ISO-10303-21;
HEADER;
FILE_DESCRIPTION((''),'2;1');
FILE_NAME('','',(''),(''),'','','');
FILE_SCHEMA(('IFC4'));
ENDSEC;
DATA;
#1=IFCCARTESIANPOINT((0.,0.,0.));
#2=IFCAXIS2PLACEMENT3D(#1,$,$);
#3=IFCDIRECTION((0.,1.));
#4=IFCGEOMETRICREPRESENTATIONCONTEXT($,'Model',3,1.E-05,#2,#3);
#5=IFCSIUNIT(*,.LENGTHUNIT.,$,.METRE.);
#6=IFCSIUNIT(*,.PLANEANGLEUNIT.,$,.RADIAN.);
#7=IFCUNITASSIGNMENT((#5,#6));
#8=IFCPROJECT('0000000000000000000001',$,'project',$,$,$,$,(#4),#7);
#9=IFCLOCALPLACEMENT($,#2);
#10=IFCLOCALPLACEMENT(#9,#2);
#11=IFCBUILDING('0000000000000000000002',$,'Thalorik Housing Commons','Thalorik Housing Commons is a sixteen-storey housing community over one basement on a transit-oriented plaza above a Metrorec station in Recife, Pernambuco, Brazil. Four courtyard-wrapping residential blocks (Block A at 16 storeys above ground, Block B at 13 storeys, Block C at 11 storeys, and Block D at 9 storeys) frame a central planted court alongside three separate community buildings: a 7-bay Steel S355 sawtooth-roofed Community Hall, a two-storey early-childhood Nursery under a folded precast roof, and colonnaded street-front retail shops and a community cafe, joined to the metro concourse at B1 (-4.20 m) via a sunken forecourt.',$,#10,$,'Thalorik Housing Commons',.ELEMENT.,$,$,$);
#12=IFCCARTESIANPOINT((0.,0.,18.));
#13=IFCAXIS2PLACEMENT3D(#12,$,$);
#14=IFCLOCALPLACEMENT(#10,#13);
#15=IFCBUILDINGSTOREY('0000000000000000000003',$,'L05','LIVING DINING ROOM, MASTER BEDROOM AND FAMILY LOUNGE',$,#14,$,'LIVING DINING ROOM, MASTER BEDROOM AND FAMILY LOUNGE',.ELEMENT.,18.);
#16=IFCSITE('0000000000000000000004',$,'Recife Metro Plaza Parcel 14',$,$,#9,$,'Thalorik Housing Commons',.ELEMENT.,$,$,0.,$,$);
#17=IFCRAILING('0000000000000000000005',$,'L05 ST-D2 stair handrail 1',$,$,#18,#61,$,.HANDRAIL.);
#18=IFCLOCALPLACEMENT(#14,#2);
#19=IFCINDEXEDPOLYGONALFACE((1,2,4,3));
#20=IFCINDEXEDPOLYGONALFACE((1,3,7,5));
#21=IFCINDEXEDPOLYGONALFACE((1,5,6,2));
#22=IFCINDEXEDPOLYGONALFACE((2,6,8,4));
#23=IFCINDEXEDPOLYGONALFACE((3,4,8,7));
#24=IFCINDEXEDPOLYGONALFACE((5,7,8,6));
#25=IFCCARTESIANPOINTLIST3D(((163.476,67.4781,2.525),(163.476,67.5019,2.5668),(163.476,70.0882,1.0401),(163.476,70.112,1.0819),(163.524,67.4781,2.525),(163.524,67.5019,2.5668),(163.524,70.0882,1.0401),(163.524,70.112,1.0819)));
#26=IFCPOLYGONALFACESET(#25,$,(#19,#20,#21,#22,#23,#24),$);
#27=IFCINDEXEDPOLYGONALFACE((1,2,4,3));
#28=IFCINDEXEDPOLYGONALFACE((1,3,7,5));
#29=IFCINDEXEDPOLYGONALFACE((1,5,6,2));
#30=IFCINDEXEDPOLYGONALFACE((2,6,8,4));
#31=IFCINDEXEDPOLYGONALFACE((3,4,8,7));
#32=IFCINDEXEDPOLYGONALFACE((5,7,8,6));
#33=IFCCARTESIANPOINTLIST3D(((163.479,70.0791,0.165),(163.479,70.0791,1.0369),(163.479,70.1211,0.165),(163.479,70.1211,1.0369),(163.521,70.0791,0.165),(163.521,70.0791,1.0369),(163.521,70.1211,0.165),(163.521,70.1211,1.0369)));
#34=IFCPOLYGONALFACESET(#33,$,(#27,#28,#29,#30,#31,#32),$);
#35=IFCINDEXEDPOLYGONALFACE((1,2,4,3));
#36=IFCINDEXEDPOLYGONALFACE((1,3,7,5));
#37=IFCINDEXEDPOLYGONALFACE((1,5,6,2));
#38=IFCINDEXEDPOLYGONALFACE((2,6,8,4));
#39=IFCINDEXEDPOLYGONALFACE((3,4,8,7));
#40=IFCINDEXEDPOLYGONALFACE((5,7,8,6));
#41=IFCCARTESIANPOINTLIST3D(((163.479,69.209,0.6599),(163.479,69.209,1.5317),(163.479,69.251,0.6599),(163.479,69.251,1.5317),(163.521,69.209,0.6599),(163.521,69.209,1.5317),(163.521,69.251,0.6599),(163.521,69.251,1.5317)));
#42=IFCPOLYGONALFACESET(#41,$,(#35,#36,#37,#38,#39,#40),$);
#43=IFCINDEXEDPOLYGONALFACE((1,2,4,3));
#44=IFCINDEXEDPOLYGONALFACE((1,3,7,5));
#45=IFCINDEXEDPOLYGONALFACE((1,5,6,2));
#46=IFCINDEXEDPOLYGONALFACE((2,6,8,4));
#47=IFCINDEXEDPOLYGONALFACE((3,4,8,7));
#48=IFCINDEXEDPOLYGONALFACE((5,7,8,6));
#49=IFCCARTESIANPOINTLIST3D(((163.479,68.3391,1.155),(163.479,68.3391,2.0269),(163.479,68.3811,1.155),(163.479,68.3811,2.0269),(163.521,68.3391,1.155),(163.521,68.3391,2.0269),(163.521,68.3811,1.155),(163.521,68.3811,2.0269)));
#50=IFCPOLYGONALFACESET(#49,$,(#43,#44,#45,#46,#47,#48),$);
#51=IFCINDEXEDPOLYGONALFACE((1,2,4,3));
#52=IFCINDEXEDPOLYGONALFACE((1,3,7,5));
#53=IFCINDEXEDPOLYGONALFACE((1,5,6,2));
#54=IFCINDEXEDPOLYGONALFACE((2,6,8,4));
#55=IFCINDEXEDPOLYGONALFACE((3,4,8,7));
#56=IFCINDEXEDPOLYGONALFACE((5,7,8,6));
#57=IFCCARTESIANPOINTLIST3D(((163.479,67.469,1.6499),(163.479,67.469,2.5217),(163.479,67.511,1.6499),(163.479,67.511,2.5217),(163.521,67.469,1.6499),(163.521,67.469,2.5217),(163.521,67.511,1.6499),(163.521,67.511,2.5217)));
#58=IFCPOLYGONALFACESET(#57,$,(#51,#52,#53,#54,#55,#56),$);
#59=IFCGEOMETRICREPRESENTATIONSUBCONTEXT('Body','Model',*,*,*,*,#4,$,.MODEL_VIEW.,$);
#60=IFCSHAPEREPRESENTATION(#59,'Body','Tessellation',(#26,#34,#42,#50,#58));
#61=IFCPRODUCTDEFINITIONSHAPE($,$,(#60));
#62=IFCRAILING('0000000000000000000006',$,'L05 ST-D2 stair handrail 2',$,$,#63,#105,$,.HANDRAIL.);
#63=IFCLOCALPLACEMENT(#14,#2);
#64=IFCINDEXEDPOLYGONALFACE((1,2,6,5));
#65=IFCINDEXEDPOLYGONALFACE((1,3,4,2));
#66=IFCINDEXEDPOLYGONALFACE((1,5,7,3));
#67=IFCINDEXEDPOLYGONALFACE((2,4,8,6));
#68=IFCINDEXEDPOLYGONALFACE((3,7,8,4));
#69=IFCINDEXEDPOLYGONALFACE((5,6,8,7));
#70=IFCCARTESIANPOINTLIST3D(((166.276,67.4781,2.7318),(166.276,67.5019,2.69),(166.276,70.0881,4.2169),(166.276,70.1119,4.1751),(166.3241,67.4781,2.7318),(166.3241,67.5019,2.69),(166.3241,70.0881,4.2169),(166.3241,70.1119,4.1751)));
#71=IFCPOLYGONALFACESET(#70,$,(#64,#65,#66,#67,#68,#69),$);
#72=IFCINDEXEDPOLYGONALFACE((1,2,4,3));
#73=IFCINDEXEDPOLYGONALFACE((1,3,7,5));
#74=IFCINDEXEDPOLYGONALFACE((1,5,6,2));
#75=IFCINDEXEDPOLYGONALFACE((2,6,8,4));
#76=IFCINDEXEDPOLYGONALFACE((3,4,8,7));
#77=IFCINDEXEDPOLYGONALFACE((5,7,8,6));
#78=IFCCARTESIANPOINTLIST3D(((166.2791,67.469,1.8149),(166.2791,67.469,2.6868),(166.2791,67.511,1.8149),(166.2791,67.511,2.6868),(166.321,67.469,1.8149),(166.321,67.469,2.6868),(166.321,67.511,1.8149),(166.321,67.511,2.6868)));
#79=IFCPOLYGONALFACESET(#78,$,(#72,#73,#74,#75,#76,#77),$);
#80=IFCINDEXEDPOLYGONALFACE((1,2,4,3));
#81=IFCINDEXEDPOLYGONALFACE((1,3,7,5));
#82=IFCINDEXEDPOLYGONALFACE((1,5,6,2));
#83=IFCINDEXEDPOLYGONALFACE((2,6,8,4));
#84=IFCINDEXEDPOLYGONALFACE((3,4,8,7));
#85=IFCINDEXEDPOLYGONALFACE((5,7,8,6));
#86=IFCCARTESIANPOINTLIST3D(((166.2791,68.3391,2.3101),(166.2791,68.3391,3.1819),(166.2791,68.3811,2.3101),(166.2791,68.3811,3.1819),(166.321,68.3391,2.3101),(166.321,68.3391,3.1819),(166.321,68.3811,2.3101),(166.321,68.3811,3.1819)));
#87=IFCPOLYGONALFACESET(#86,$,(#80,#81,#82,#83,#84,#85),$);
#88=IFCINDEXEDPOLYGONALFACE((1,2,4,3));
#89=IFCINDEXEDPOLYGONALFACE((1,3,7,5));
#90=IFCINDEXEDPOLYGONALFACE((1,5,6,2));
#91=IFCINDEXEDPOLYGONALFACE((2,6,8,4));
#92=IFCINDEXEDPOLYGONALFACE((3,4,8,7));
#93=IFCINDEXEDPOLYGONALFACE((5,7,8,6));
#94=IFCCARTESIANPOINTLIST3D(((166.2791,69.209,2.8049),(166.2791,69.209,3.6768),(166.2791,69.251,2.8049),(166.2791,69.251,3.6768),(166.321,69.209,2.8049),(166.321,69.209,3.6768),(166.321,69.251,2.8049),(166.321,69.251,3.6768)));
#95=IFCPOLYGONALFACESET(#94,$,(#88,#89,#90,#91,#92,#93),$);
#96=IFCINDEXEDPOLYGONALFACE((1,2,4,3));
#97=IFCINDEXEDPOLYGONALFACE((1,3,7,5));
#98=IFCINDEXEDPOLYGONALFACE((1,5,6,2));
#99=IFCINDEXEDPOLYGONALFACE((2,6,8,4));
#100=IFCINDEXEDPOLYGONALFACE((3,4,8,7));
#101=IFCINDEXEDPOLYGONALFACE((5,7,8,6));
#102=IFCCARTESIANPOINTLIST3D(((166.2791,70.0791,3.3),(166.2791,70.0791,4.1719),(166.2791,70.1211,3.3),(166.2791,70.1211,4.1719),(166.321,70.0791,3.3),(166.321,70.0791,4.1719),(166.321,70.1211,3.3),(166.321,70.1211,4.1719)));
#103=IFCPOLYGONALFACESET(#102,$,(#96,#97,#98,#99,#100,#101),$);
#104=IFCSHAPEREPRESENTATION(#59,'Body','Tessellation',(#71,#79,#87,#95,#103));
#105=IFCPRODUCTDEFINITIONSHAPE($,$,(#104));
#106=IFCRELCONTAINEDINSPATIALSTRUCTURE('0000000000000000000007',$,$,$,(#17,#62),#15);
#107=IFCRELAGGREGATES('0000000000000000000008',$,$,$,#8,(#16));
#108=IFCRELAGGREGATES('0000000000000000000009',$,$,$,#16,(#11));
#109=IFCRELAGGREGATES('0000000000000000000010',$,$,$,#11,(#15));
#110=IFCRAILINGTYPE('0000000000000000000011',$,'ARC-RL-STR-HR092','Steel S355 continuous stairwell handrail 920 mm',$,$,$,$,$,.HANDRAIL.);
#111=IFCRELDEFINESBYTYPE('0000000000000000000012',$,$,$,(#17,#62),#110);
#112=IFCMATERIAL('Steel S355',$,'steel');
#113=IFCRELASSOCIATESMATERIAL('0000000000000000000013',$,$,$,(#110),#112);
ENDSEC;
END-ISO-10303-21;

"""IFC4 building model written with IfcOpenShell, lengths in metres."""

from ifc_helpers import new_model, si_unit, direction, frame, origin, origin_2d, place, context, subcontext, project, spatial, rectangle, extrude, material, type_object, element, save


model = new_model("IFC4")

# Units and contexts
model_context = context("Model", 3, precision=1e-05, world=origin(), true_north=direction((0.0, 1.0)))
body_context = subcontext(model_context, "Body", "Model", "MODEL_VIEW")
ifc_project = project(units=[si_unit("LENGTHUNIT", "METRE"), si_unit("PLANEANGLEUNIT", "RADIAN")], contexts=[model_context])

# Site, building, storey
site_placement = place(None, origin())
site = spatial("IfcSite", under=ifc_project, at=site_placement, Name="Recife Metro Plaza Parcel 14", LongName="Thalorik Housing Commons", CompositionType="ELEMENT", RefElevation=0.0)
building_placement = place(site_placement, origin())
building = spatial("IfcBuilding", under=site, at=building_placement, Name="Thalorik Housing Commons", Description="Thalorik Housing Commons is a sixteen-storey housing community over one basement on a transit-oriented plaza above a Metrorec station in Recife, Pernambuco, Brazil. Four courtyard-wrapping residential blocks (Block A at 16 storeys above ground, Block B at 13 storeys, Block C at 11 storeys, and Block D at 9 storeys) frame a central planted court alongside three separate community buildings: a 7-bay Steel S355 sawtooth-roofed Community Hall, a two-storey early-childhood Nursery under a folded precast roof, and colonnaded street-front retail shops and a community cafe, joined to the metro concourse at B1 (-4.20 m) via a sunken forecourt.", LongName="Thalorik Housing Commons", CompositionType="ELEMENT")
storey_placement = place(building_placement, frame((0.0, 0.0, 18.0)))
storey = spatial("IfcBuildingStorey", under=building, at=storey_placement, Name="L05", Description="LIVING DINING ROOM, MASTER BEDROOM AND FAMILY LOUNGE", LongName="LIVING DINING ROOM, MASTER BEDROOM AND FAMILY LOUNGE", CompositionType="ELEMENT", Elevation=18.0)

# Shared definitions
ifc_material_1 = material(Name="Steel S355", Category="steel")

# Railings
railing_type_1 = type_object("IfcRailingType", Name="ARC-RL-STR-HR092", Description="Steel S355 continuous stairwell handrail 920 mm", PredefinedType="HANDRAIL", material=ifc_material_1)
railing_1_placement = place(storey_placement, frame((163.5, 70.1001, 0.165)))
element("IfcRailing", 1, at=railing_1_placement, inside=storey, type_object=railing_type_1, Name="L05 ST-D2 stair handrail 1", PredefinedType="HANDRAIL", context=body_context, shape_type="SweptSolid", body=[
    extrude(rectangle(XDim=0.0481, YDim=0.0481, at=origin_2d()), frame((0.0, 0.0, 0.896), z_axis=(0.0, -0.869192, 0.494474), x_axis=(1.0, 0.0, 0.0)), (0.0, 0.0, 1.0), 3.0029),
    extrude(rectangle(XDim=0.042, YDim=0.042, at=origin_2d()), origin(), (0.0, 0.0, 1.0), 0.8718),
    extrude(rectangle(XDim=0.042, YDim=0.042, at=origin_2d()), frame((0.0, -0.8701, 0.4949)), (0.0, 0.0, 1.0), 0.8718),
    extrude(rectangle(XDim=0.042, YDim=0.042, at=origin_2d()), frame((0.0, -1.74, 0.99)), (0.0, 0.0, 1.0), 0.8718),
    extrude(rectangle(XDim=0.042, YDim=0.042, at=origin_2d()), frame((0.0, -2.6101, 1.4849)), (0.0, 0.0, 1.0), 0.8718),
])
railing_2_placement = place(storey_placement, frame((166.3, 67.49, 1.8149)))
element("IfcRailing", 2, at=railing_2_placement, inside=storey, type_object=railing_type_1, Name="L05 ST-D2 stair handrail 2", PredefinedType="HANDRAIL", context=body_context, shape_type="SweptSolid", body=[
    extrude(rectangle(XDim=0.0481, YDim=0.0481, at=origin_2d()), frame((0.0, 0.0, 0.896), z_axis=(0.0, 0.869157, 0.494536), x_axis=(-1.0, 0.0, 0.0)), (0.0, 0.0, 1.0), 3.0029),
    extrude(rectangle(XDim=0.042, YDim=0.042, at=origin_2d()), origin(), (0.0, 0.0, 1.0), 0.8718),
    extrude(rectangle(XDim=0.042, YDim=0.042, at=origin_2d()), frame((0.0, 0.8701, 0.4951)), (0.0, 0.0, 1.0), 0.8718),
    extrude(rectangle(XDim=0.042, YDim=0.042, at=origin_2d()), frame((0.0, 1.74, 0.99)), (0.0, 0.0, 1.0), 0.8718),
    extrude(rectangle(XDim=0.042, YDim=0.042, at=origin_2d()), frame((0.0, 2.6101, 1.4851)), (0.0, 0.0, 1.0), 0.8718),
])

save(model, "model.ifc")
